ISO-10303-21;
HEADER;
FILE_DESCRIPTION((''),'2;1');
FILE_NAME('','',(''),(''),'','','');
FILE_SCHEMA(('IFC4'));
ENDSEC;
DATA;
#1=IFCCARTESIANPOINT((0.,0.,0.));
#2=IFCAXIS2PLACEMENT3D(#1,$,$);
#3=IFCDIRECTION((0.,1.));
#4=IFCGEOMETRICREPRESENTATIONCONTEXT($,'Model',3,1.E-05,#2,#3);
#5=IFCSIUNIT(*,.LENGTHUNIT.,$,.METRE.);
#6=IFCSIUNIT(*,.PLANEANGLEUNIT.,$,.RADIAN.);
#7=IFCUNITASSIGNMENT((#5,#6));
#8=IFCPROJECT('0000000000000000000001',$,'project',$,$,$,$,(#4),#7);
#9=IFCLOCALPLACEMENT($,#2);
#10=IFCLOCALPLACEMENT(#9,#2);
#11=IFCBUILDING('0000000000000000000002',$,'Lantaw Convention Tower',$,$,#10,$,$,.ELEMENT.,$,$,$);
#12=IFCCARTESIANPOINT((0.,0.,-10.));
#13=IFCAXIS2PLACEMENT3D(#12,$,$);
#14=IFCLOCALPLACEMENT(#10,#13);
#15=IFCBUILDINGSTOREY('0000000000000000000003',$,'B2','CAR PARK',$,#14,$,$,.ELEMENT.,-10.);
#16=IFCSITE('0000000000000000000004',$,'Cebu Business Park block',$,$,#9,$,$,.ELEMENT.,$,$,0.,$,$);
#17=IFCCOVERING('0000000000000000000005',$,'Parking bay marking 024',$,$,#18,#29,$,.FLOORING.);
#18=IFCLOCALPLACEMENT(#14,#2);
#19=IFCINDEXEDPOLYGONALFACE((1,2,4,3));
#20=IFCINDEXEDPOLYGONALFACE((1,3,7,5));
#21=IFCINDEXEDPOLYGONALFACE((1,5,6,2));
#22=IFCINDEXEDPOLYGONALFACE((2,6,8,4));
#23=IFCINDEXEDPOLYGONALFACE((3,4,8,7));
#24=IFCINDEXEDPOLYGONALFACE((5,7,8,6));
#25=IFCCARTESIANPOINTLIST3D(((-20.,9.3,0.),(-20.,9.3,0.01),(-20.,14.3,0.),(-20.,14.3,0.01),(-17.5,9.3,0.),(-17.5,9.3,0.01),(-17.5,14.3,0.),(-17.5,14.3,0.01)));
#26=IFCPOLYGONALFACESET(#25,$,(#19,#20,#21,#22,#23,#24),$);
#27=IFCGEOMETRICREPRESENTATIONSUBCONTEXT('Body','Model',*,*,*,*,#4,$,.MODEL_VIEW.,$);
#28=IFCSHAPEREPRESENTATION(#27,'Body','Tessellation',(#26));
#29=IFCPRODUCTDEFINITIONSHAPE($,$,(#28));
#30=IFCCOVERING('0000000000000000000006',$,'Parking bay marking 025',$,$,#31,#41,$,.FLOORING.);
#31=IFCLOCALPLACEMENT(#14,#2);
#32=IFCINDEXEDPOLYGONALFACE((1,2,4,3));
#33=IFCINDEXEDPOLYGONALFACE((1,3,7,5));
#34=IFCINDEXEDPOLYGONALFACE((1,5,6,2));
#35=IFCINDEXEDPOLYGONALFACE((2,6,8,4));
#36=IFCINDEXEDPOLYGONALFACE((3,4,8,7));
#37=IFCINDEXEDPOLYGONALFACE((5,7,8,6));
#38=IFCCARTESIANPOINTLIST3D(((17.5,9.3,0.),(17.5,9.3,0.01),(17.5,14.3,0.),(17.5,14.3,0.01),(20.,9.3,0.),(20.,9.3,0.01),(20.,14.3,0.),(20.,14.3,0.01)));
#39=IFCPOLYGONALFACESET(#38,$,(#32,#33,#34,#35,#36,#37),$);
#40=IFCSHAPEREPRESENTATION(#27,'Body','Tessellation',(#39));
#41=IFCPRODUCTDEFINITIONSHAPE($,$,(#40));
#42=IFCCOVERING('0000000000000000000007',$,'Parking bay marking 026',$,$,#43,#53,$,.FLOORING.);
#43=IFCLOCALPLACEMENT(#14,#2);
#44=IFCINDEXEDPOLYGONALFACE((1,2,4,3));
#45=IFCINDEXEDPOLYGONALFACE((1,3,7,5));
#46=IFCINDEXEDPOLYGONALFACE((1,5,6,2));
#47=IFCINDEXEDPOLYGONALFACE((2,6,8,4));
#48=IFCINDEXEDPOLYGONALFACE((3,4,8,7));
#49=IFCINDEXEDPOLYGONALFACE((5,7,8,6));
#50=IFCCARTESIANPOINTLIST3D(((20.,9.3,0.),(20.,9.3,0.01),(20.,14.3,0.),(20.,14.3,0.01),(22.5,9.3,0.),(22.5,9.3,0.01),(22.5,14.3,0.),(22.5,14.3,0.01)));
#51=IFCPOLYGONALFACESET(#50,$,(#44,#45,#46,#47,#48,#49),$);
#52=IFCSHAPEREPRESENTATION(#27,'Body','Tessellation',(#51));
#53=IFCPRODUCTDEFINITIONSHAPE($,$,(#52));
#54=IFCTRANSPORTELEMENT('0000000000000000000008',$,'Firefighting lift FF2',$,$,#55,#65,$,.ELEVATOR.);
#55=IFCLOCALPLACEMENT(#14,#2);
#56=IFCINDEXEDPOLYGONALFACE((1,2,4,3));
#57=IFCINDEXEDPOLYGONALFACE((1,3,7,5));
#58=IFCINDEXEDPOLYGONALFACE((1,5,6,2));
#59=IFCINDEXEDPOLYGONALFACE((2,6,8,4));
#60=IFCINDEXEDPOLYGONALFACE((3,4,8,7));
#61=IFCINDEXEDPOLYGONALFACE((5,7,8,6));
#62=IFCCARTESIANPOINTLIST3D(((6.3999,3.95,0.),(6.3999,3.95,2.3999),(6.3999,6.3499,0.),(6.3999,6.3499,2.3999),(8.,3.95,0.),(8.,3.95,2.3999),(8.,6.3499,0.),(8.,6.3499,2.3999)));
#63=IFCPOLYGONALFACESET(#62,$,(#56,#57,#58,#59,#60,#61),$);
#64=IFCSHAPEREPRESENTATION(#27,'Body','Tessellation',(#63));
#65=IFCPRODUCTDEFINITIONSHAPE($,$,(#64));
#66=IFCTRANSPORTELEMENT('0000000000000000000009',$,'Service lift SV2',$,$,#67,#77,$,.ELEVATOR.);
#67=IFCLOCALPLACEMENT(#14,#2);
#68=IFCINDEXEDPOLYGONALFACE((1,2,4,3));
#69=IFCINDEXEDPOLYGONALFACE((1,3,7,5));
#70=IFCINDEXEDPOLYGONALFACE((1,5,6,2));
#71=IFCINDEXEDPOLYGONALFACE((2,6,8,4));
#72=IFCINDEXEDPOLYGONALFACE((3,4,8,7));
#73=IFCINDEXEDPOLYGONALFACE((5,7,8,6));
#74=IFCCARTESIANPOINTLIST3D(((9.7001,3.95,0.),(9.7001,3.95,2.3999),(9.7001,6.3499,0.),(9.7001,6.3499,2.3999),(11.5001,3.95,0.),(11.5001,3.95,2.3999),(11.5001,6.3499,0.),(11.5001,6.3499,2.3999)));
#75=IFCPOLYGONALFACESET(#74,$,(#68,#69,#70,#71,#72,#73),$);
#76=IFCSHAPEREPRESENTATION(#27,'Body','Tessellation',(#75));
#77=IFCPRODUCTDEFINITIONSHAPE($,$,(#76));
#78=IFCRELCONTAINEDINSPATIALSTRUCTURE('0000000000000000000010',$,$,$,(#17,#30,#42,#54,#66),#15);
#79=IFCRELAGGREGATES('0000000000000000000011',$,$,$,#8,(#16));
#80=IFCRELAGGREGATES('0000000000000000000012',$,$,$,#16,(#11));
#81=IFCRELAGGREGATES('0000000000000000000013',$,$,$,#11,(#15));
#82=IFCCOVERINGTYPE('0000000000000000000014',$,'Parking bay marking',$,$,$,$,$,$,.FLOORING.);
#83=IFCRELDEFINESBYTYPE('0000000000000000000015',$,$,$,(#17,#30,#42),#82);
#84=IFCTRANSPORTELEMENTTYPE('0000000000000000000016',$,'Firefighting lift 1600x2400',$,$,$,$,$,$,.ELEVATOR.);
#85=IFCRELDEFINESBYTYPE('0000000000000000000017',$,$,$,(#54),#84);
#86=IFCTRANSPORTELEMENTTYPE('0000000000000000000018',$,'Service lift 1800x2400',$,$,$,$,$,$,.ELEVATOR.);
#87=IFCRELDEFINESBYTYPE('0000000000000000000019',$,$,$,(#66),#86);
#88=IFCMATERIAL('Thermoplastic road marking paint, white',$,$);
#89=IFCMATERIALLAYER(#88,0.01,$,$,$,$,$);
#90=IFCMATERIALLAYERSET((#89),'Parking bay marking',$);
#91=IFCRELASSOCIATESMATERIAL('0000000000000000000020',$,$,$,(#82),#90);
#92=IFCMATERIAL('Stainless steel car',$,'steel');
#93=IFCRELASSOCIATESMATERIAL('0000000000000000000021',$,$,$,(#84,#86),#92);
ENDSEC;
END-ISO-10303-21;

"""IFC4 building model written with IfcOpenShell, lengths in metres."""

from ifc_helpers import new_model, si_unit, direction, frame, origin, origin_2d, place, context, subcontext, project, spatial, polyline, rectangle, outline, extrude, material, layer, layer_set, type_object, element, save


model = new_model("IFC4")

# Units and contexts
model_context = context("Model", 3, precision=1e-05, world=origin(), true_north=direction((0.0, 1.0)))
body_context = subcontext(model_context, "Body", "Model", "MODEL_VIEW")
ifc_project = project(units=[si_unit("LENGTHUNIT", "METRE"), si_unit("PLANEANGLEUNIT", "RADIAN")], contexts=[model_context])

# Site, building, storey
site_placement = place(None, origin())
site = spatial("IfcSite", under=ifc_project, at=site_placement, Name="Cebu Business Park block", CompositionType="ELEMENT", RefElevation=0.0)
building_placement = place(site_placement, origin())
building = spatial("IfcBuilding", under=site, at=building_placement, Name="Lantaw Convention Tower", CompositionType="ELEMENT")
storey_placement = place(building_placement, frame((0.0, 0.0, -10.0)))
storey = spatial("IfcBuildingStorey", under=building, at=storey_placement, Name="B2", Description="CAR PARK", CompositionType="ELEMENT", Elevation=-10.0)

# Coverings
ifc_material_1 = material(Name="Thermoplastic road marking paint, white")
ifc_layer_1 = layer(ifc_material_1, 0.01)
ifc_layer_set_1 = layer_set([ifc_layer_1], Name="Parking bay marking")
covering_type = type_object("IfcCoveringType", Name="Parking bay marking", PredefinedType="FLOORING", material=ifc_layer_set_1)
covering_1_placement = place(storey_placement, origin())
element("IfcCovering", 1, at=covering_1_placement, inside=storey, type_object=covering_type, Name="Parking bay marking 024", PredefinedType="FLOORING", context=body_context, shape_type="SweptSolid", body=[
    extrude(outline(polyline([(-20.0, 9.3), (-17.5, 9.3), (-17.5, 14.3), (-20.0, 14.3), (-20.0, 9.3)])), origin(), (0.0, 0.0, 1.0), 0.01),
])
covering_2_placement = place(storey_placement, origin())
element("IfcCovering", 2, at=covering_2_placement, inside=storey, type_object=covering_type, Name="Parking bay marking 025", PredefinedType="FLOORING", context=body_context, shape_type="SweptSolid", body=[
    extrude(outline(polyline([(17.5, 9.3), (20.0, 9.3), (20.0, 14.3), (17.5, 14.3), (17.5, 9.3)])), origin(), (0.0, 0.0, 1.0), 0.01),
])
covering_3_placement = place(storey_placement, origin())
element("IfcCovering", 3, at=covering_3_placement, inside=storey, type_object=covering_type, Name="Parking bay marking 026", PredefinedType="FLOORING", context=body_context, shape_type="SweptSolid", body=[
    extrude(outline(polyline([(20.0, 9.3), (22.5, 9.3), (22.5, 14.3), (20.0, 14.3), (20.0, 9.3)])), origin(), (0.0, 0.0, 1.0), 0.01),
])

# Transport elements
ifc_material_2 = material(Name="Stainless steel car", Category="steel")
transport_element_type_1 = type_object("IfcTransportElementType", Name="Firefighting lift 1600x2400", PredefinedType="ELEVATOR", material=ifc_material_2)
transport_element_1_placement = place(storey_placement, frame((7.2, 5.1499, 0.0), z_axis=(0.0, 0.0, 1.0), x_axis=(1.0, 0.0, 0.0)))
element("IfcTransportElement", 4, at=transport_element_1_placement, inside=storey, type_object=transport_element_type_1, Name="Firefighting lift FF2", PredefinedType="ELEVATOR", context=body_context, shape_type="SweptSolid", body=[
    extrude(rectangle(XDim=1.6001, YDim=2.3999, at=origin_2d()), origin(), (0.0, 0.0, 1.0), 2.3999),
])
transport_element_type_2 = type_object("IfcTransportElementType", Name="Service lift 1800x2400", PredefinedType="ELEVATOR", material=ifc_material_2)
transport_element_2_placement = place(storey_placement, frame((10.6001, 5.1499, 0.0), z_axis=(0.0, 0.0, 1.0), x_axis=(1.0, 0.0, 0.0)))
element("IfcTransportElement", 5, at=transport_element_2_placement, inside=storey, type_object=transport_element_type_2, Name="Service lift SV2", PredefinedType="ELEVATOR", context=body_context, shape_type="SweptSolid", body=[
    extrude(rectangle(XDim=1.8, YDim=2.3999, at=origin_2d()), origin(), (0.0, 0.0, 1.0), 2.3999),
])

save(model, "model.ifc")
